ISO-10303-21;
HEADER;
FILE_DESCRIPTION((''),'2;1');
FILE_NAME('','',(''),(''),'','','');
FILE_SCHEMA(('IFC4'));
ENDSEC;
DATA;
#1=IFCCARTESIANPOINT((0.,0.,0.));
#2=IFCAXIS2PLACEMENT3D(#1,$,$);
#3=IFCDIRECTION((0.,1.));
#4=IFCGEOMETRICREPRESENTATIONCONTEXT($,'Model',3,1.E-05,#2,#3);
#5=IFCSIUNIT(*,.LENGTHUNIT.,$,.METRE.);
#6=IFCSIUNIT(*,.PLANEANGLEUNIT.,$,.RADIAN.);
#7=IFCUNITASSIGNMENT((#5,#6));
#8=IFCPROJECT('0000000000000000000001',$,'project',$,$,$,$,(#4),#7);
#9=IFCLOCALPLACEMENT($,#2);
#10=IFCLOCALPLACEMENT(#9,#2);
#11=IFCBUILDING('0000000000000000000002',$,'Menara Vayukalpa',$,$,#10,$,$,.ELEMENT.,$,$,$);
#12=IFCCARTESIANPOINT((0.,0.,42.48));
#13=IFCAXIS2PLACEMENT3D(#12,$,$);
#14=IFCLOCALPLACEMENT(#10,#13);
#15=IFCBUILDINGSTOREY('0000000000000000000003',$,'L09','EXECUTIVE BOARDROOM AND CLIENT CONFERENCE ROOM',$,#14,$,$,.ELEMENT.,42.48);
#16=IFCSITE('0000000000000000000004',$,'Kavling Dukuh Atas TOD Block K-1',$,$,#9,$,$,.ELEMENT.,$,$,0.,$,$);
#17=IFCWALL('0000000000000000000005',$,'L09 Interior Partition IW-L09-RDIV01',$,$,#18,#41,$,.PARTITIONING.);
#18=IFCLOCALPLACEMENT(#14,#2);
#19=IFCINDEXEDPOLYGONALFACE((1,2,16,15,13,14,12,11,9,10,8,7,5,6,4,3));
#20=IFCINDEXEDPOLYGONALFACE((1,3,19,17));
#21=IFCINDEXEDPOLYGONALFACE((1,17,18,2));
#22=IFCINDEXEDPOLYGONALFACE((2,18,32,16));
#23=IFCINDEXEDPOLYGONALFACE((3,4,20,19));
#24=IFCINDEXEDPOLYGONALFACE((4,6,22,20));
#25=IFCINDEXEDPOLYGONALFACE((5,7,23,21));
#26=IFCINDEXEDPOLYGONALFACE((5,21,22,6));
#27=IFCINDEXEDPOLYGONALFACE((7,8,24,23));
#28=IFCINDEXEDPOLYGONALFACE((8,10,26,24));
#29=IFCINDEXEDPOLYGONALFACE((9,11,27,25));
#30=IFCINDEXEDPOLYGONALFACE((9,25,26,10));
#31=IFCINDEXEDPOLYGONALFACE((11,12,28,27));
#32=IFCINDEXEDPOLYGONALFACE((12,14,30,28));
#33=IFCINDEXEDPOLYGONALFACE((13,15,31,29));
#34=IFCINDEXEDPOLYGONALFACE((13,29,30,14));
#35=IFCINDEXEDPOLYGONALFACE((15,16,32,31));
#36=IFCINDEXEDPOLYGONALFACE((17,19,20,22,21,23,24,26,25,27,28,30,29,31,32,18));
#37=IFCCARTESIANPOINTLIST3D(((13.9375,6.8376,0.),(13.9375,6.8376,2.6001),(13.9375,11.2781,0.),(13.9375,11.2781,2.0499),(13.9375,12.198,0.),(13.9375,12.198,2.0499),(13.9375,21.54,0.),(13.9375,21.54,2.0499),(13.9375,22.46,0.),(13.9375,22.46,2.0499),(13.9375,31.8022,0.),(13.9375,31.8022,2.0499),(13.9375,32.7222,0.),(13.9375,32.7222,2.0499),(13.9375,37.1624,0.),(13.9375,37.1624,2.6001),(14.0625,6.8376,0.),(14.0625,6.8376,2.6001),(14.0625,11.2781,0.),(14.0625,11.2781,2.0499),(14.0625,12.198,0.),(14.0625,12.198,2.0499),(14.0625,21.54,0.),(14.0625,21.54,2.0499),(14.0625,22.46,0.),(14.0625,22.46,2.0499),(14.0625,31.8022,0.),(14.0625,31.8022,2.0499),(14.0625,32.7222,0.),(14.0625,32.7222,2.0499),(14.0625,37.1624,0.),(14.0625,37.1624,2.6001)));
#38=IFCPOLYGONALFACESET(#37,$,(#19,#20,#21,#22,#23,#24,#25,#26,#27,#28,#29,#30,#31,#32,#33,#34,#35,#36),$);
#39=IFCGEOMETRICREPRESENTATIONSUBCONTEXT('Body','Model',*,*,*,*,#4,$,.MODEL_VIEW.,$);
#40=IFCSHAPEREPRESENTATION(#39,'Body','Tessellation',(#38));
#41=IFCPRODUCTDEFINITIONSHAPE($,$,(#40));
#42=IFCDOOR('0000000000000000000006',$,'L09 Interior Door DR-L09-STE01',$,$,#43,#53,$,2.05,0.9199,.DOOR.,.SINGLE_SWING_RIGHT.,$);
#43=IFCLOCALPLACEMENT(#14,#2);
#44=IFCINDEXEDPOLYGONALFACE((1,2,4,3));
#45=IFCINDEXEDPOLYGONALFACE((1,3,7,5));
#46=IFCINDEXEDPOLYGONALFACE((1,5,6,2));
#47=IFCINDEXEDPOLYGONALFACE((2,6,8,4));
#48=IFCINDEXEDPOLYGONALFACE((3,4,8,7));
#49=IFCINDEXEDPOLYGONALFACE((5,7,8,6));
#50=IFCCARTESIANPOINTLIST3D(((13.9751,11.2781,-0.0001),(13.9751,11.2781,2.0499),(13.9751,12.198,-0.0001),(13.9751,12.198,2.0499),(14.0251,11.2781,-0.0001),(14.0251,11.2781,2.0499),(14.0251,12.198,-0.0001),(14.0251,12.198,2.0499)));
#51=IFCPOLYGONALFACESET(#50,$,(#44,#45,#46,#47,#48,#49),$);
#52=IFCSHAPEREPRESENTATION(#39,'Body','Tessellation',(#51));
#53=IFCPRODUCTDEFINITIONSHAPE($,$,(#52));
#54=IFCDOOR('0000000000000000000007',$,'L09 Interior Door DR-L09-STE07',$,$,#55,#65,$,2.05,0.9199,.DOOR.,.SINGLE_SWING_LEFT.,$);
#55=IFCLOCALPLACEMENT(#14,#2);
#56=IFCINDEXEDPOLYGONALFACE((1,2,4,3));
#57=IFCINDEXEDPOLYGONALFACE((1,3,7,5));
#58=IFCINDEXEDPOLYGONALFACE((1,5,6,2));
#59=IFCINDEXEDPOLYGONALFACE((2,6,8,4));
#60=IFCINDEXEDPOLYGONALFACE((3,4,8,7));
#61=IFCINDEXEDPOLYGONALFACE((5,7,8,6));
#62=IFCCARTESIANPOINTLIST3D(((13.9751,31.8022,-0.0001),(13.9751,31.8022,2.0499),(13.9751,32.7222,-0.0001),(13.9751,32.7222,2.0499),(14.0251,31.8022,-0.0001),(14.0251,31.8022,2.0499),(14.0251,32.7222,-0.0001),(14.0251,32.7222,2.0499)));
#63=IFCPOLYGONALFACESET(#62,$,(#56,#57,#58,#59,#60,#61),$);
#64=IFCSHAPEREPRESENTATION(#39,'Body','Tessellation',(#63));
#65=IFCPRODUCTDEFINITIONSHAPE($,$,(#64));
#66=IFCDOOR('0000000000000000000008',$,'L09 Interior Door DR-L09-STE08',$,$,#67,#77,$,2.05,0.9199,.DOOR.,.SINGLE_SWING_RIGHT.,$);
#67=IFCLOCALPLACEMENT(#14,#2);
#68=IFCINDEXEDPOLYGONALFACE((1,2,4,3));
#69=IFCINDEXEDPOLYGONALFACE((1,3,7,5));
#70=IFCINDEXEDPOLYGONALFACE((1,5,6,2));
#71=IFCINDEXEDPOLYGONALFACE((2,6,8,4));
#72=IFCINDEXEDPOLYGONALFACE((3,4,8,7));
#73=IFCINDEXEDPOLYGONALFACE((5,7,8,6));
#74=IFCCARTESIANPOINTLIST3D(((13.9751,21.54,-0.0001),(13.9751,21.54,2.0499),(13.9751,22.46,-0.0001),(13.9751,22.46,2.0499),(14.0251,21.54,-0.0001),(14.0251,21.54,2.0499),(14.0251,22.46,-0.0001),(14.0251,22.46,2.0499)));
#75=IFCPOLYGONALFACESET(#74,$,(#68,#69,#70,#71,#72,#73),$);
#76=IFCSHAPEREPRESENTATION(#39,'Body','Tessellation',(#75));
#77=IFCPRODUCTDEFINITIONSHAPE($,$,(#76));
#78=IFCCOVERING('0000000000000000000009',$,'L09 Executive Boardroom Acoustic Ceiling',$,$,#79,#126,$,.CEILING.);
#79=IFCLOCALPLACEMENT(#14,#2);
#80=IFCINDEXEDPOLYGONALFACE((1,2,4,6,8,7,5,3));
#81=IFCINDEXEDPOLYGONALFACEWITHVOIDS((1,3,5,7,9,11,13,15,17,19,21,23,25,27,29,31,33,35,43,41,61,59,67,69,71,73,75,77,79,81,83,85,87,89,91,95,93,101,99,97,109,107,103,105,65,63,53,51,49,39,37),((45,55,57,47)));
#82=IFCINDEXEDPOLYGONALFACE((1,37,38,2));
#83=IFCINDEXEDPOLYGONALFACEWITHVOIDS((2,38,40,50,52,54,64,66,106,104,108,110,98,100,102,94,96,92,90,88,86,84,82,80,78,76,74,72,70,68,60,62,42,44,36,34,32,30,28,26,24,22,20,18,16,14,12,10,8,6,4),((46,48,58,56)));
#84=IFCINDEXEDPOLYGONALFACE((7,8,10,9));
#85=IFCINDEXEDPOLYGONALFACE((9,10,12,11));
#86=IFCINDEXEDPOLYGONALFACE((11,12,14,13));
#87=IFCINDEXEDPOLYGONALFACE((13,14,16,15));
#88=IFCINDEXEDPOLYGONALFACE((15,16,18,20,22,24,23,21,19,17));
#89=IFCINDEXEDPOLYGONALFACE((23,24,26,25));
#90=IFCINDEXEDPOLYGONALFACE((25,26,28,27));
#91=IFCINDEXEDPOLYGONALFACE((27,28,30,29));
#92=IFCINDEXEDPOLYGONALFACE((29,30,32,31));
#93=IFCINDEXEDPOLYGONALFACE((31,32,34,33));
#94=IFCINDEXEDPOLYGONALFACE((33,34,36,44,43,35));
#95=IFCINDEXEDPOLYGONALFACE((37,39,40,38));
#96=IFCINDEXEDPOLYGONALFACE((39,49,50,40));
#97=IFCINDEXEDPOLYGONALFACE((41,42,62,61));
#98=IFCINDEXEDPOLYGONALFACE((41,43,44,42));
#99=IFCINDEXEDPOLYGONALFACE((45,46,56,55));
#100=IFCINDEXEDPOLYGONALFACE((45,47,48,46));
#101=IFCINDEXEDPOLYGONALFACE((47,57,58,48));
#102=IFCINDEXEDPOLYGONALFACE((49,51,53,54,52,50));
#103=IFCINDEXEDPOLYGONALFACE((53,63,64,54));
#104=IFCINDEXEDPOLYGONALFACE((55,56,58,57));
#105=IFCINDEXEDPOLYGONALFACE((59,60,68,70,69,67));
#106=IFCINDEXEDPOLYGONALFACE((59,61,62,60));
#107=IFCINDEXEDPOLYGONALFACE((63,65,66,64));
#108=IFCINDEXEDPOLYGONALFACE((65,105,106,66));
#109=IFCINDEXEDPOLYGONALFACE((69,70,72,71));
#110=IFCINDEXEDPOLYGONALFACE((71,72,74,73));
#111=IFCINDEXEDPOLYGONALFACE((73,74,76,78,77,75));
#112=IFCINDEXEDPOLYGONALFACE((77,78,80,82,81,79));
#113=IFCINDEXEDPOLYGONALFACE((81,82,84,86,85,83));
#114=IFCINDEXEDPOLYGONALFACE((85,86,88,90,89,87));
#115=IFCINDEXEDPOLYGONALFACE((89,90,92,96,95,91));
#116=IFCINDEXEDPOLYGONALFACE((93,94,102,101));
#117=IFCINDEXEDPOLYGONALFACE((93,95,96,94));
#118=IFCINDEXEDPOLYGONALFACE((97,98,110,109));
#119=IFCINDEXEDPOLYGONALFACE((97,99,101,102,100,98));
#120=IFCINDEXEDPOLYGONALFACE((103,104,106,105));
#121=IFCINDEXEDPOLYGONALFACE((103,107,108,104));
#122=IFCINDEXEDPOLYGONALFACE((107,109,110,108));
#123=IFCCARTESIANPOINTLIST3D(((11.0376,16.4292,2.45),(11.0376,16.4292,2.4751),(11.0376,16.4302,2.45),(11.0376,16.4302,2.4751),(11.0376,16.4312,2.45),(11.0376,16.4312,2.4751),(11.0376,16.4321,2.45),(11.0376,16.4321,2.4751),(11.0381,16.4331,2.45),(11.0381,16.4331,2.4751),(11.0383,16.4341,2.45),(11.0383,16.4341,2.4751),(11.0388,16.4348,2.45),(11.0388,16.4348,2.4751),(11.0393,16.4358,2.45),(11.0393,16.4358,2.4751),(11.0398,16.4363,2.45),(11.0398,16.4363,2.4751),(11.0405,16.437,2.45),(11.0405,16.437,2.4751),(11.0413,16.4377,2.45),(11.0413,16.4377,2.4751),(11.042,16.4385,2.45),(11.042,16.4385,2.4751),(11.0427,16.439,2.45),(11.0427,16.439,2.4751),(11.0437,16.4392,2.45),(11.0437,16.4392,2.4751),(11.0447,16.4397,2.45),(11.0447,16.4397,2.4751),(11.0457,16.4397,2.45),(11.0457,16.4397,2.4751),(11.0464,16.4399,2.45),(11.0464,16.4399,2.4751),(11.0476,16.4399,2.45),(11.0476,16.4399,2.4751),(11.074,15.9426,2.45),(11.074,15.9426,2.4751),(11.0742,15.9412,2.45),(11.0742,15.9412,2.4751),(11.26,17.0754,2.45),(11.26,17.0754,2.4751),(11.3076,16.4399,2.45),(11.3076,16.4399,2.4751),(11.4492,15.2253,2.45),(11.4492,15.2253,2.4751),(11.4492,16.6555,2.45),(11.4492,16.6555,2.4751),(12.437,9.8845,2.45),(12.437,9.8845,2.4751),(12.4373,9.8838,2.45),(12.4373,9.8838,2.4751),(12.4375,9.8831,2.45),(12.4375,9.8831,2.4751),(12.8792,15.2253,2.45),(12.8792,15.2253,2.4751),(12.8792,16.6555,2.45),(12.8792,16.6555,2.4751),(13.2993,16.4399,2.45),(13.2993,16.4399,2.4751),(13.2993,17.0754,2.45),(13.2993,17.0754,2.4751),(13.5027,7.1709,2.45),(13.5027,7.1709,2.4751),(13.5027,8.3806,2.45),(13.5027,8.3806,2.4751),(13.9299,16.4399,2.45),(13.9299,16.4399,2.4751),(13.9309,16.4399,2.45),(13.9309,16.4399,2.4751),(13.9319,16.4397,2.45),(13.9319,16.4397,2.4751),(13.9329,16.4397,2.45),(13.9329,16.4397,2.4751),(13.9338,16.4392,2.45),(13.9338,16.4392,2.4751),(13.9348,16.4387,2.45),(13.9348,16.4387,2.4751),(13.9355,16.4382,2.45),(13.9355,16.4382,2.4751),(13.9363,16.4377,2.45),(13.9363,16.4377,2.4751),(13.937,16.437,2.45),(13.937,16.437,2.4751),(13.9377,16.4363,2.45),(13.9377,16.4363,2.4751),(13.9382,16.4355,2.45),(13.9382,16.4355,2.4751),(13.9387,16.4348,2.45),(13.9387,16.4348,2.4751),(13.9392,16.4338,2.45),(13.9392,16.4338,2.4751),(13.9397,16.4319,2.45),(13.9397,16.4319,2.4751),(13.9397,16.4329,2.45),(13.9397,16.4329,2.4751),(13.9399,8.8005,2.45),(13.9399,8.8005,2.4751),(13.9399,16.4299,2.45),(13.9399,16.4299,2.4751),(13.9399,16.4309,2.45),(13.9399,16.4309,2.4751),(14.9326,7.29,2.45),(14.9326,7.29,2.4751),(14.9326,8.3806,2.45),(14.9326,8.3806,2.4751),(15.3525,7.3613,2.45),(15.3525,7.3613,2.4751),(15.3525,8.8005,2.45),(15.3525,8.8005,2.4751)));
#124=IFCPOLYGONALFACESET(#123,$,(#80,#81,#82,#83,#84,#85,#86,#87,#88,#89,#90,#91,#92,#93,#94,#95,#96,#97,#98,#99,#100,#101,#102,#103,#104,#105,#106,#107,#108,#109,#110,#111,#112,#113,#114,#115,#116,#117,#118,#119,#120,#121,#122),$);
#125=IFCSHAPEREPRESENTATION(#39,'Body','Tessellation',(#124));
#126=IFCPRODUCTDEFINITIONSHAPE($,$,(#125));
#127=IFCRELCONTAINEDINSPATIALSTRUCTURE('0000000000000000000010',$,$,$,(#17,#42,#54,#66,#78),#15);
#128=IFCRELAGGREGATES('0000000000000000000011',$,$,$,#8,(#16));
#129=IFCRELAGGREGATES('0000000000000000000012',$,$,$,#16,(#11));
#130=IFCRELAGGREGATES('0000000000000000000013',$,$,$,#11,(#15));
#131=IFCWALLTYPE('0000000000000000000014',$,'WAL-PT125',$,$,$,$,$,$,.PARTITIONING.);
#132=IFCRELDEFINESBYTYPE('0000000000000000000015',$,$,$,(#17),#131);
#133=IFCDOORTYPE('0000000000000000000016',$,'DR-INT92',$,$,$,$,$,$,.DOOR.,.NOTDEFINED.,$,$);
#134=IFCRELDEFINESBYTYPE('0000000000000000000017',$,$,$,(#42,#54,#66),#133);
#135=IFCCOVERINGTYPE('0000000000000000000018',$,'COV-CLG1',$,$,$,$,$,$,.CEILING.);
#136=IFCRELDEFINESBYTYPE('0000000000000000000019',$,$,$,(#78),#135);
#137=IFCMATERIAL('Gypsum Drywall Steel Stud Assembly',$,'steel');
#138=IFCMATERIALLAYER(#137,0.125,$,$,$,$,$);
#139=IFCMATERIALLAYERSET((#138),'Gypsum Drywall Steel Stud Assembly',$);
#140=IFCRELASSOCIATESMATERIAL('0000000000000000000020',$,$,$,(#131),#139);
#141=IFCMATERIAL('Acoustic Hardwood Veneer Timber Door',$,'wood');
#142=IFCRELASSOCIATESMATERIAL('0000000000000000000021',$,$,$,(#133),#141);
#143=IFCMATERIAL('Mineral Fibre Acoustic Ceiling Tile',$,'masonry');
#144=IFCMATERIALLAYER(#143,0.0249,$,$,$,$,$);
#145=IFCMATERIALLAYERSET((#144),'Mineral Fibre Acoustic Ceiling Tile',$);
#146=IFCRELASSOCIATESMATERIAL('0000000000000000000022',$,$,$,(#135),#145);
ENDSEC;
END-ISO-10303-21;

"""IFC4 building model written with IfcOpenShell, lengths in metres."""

from ifc_helpers import new_model, si_unit, direction, frame, frame_2d, origin, place, context, subcontext, project, spatial, polyline, rectangle, outline, extrude, material, layer, layer_set, type_object, element, fill, save


model = new_model("IFC4")

# Units and contexts
model_context = context("Model", 3, precision=1e-05, world=origin(), true_north=direction((0.0, 1.0)))
body_context = subcontext(model_context, "Body", "Model", "MODEL_VIEW")
ifc_project = project(units=[si_unit("LENGTHUNIT", "METRE"), si_unit("PLANEANGLEUNIT", "RADIAN")], contexts=[model_context])

# Site, building, storey
site_placement = place(None, origin())
site = spatial("IfcSite", under=ifc_project, at=site_placement, Name="Kavling Dukuh Atas TOD Block K-1", CompositionType="ELEMENT", RefElevation=0.0)
building_placement = place(site_placement, origin())
building = spatial("IfcBuilding", under=site, at=building_placement, Name="Menara Vayukalpa", CompositionType="ELEMENT")
storey_placement = place(building_placement, frame((0.0, 0.0, 42.48)))
storey = spatial("IfcBuildingStorey", under=building, at=storey_placement, Name="L09", Description="EXECUTIVE BOARDROOM AND CLIENT CONFERENCE ROOM", CompositionType="ELEMENT", Elevation=42.48)

# Wall, openings, doors
ifc_material_1 = material(Name="Gypsum Drywall Steel Stud Assembly", Category="steel")
ifc_layer_1 = layer(ifc_material_1, 0.125)
ifc_layer_set_1 = layer_set([ifc_layer_1], Name="Gypsum Drywall Steel Stud Assembly")
wall_type_1 = type_object("IfcWallType", Name="WAL-PT125", PredefinedType="PARTITIONING", material=ifc_layer_set_1)
wall_1_placement = place(storey_placement, frame((14.0, 6.8376, 0.0), z_axis=(0.0, 0.0, 1.0), x_axis=(0.0, 1.0, 0.0)))
wall_1 = element("IfcWall", 1, at=wall_1_placement, inside=storey, type_object=wall_type_1, Name="L09 Interior Partition IW-L09-RDIV01", PredefinedType="PARTITIONING", context=body_context, shape_type="SweptSolid", body=[
    extrude(rectangle(XDim=30.3247, YDim=0.125, at=frame_2d((15.1624, 0.0))), origin(), (0.0, 0.0, 1.0), 2.6001),
])
opening_1_placement = place(wall_1_placement, frame((4.4404, 0.0, 0.0)))
opening_1 = element("IfcOpeningElement", 2, at=opening_1_placement, cuts=wall_1, PredefinedType="OPENING", context=body_context, shape_type="SweptSolid", body=[
    extrude(rectangle(XDim=0.9199, YDim=2.05, at=frame_2d((0.46, 1.0249))), frame((0.0, 0.0725, 0.0), z_axis=(0.0, -1.0, 0.0), x_axis=(1.0, 0.0, 0.0)), (0.0, 0.0, 1.0), 0.145),
])
opening_2_placement = place(wall_1_placement, frame((24.9646, 0.0, 0.0)))
opening_2 = element("IfcOpeningElement", 3, at=opening_2_placement, cuts=wall_1, PredefinedType="OPENING", context=body_context, shape_type="SweptSolid", body=[
    extrude(rectangle(XDim=0.9199, YDim=2.05, at=frame_2d((0.46, 1.0249))), frame((0.0, 0.0725, 0.0), z_axis=(0.0, -1.0, 0.0), x_axis=(1.0, 0.0, 0.0)), (0.0, 0.0, 1.0), 0.145),
])
opening_3_placement = place(wall_1_placement, frame((14.7024, 0.0, 0.0)))
opening_3 = element("IfcOpeningElement", 4, at=opening_3_placement, cuts=wall_1, PredefinedType="OPENING", context=body_context, shape_type="SweptSolid", body=[
    extrude(rectangle(XDim=0.9199, YDim=2.05, at=frame_2d((0.46, 1.0249))), frame((0.0, 0.0725, 0.0), z_axis=(0.0, -1.0, 0.0), x_axis=(1.0, 0.0, 0.0)), (0.0, 0.0, 1.0), 0.145),
])
ifc_material_2 = material(Name="Acoustic Hardwood Veneer Timber Door", Category="wood")
door_type = type_object("IfcDoorType", Name="DR-INT92", OperationType="NOTDEFINED", PredefinedType="DOOR", material=ifc_material_2)
door_1_placement = place(opening_1_placement, origin())
door_1 = element("IfcDoor", 5, at=door_1_placement, inside=storey, type_object=door_type, Name="L09 Interior Door DR-L09-STE01", OperationType="SINGLE_SWING_RIGHT", OverallHeight=2.05, OverallWidth=0.9199, PredefinedType="DOOR", context=body_context, shape_type="SweptSolid", body=[
    extrude(rectangle(XDim=0.9199, YDim=2.05, at=frame_2d((0.46, 1.0249))), frame((0.0, 0.0249, 0.0), z_axis=(0.0, -1.0, 0.0), x_axis=(1.0, 0.0, 0.0)), (0.0, 0.0, 1.0), 0.05),
])
fill(opening_1, door_1)
door_2_placement = place(opening_2_placement, origin())
door_2 = element("IfcDoor", 6, at=door_2_placement, inside=storey, type_object=door_type, Name="L09 Interior Door DR-L09-STE07", OperationType="SINGLE_SWING_LEFT", OverallHeight=2.05, OverallWidth=0.9199, PredefinedType="DOOR", context=body_context, shape_type="SweptSolid", body=[
    extrude(rectangle(XDim=0.9199, YDim=2.05, at=frame_2d((0.46, 1.0249))), frame((0.0, 0.0249, 0.0), z_axis=(0.0, -1.0, 0.0), x_axis=(1.0, 0.0, 0.0)), (0.0, 0.0, 1.0), 0.05),
])
fill(opening_2, door_2)
door_3_placement = place(opening_3_placement, origin())
door_3 = element("IfcDoor", 7, at=door_3_placement, inside=storey, type_object=door_type, Name="L09 Interior Door DR-L09-STE08", OperationType="SINGLE_SWING_RIGHT", OverallHeight=2.05, OverallWidth=0.9199, PredefinedType="DOOR", context=body_context, shape_type="SweptSolid", body=[
    extrude(rectangle(XDim=0.9199, YDim=2.05, at=frame_2d((0.46, 1.0249))), frame((0.0, 0.0249, 0.0), z_axis=(0.0, -1.0, 0.0), x_axis=(1.0, 0.0, 0.0)), (0.0, 0.0, 1.0), 0.05),
])
fill(opening_3, door_3)

# Covering
ifc_material_3 = material(Name="Mineral Fibre Acoustic Ceiling Tile", Category="masonry")
ifc_layer_2 = layer(ifc_material_3, 0.0249)
ifc_layer_set_2 = layer_set([ifc_layer_2], Name="Mineral Fibre Acoustic Ceiling Tile")
covering_type_1 = type_object("IfcCoveringType", Name="COV-CLG1", PredefinedType="CEILING", material=ifc_layer_set_2)
covering_1_placement = place(storey_placement, frame((0.0, 0.0, 2.45)))
element("IfcCovering", 8, at=covering_1_placement, inside=storey, type_object=covering_type_1, Name="L09 Executive Boardroom Acoustic Ceiling", PredefinedType="CEILING", context=body_context, shape_type="SweptSolid", body=[
    extrude(outline(polyline([(14.9326, 7.29), (14.9326, 8.3806), (13.5027, 8.3806), (13.5027, 7.1709), (12.4375, 9.8831), (12.4373, 9.8838), (12.437, 9.8845), (11.0742, 15.9412), (11.074, 15.9426), (11.0376, 16.4292), (11.0376, 16.4302), (11.0376, 16.4312), (11.0376, 16.4321), (11.0381, 16.4331), (11.0383, 16.4341), (11.0388, 16.4348), (11.0393, 16.4358), (11.0398, 16.4363), (11.0405, 16.437), (11.0413, 16.4377), (11.042, 16.4385), (11.0427, 16.439), (11.0437, 16.4392), (11.0447, 16.4397), (11.0457, 16.4397), (11.0464, 16.4399), (11.0476, 16.4399), (11.3076, 16.4399), (11.26, 17.0754), (13.2993, 17.0754), (13.2993, 16.4399), (13.9299, 16.4399), (13.9309, 16.4399), (13.9319, 16.4397), (13.9329, 16.4397), (13.9338, 16.4392), (13.9348, 16.4387), (13.9355, 16.4382), (13.9363, 16.4377), (13.937, 16.437), (13.9377, 16.4363), (13.9382, 16.4355), (13.9387, 16.4348), (13.9392, 16.4338), (13.9397, 16.4329), (13.9397, 16.4319), (13.9399, 16.4309), (13.9399, 16.4299), (13.9399, 8.8005), (15.3525, 8.8005), (15.3525, 7.3613), (14.9326, 7.29)]), holes=[polyline([(12.8792, 16.6555), (11.4492, 16.6555), (11.4492, 15.2253), (12.8792, 15.2253), (12.8792, 16.6555)])]), origin(), (0.0, 0.0, 1.0), 0.0251),
])

save(model, "model.ifc")
